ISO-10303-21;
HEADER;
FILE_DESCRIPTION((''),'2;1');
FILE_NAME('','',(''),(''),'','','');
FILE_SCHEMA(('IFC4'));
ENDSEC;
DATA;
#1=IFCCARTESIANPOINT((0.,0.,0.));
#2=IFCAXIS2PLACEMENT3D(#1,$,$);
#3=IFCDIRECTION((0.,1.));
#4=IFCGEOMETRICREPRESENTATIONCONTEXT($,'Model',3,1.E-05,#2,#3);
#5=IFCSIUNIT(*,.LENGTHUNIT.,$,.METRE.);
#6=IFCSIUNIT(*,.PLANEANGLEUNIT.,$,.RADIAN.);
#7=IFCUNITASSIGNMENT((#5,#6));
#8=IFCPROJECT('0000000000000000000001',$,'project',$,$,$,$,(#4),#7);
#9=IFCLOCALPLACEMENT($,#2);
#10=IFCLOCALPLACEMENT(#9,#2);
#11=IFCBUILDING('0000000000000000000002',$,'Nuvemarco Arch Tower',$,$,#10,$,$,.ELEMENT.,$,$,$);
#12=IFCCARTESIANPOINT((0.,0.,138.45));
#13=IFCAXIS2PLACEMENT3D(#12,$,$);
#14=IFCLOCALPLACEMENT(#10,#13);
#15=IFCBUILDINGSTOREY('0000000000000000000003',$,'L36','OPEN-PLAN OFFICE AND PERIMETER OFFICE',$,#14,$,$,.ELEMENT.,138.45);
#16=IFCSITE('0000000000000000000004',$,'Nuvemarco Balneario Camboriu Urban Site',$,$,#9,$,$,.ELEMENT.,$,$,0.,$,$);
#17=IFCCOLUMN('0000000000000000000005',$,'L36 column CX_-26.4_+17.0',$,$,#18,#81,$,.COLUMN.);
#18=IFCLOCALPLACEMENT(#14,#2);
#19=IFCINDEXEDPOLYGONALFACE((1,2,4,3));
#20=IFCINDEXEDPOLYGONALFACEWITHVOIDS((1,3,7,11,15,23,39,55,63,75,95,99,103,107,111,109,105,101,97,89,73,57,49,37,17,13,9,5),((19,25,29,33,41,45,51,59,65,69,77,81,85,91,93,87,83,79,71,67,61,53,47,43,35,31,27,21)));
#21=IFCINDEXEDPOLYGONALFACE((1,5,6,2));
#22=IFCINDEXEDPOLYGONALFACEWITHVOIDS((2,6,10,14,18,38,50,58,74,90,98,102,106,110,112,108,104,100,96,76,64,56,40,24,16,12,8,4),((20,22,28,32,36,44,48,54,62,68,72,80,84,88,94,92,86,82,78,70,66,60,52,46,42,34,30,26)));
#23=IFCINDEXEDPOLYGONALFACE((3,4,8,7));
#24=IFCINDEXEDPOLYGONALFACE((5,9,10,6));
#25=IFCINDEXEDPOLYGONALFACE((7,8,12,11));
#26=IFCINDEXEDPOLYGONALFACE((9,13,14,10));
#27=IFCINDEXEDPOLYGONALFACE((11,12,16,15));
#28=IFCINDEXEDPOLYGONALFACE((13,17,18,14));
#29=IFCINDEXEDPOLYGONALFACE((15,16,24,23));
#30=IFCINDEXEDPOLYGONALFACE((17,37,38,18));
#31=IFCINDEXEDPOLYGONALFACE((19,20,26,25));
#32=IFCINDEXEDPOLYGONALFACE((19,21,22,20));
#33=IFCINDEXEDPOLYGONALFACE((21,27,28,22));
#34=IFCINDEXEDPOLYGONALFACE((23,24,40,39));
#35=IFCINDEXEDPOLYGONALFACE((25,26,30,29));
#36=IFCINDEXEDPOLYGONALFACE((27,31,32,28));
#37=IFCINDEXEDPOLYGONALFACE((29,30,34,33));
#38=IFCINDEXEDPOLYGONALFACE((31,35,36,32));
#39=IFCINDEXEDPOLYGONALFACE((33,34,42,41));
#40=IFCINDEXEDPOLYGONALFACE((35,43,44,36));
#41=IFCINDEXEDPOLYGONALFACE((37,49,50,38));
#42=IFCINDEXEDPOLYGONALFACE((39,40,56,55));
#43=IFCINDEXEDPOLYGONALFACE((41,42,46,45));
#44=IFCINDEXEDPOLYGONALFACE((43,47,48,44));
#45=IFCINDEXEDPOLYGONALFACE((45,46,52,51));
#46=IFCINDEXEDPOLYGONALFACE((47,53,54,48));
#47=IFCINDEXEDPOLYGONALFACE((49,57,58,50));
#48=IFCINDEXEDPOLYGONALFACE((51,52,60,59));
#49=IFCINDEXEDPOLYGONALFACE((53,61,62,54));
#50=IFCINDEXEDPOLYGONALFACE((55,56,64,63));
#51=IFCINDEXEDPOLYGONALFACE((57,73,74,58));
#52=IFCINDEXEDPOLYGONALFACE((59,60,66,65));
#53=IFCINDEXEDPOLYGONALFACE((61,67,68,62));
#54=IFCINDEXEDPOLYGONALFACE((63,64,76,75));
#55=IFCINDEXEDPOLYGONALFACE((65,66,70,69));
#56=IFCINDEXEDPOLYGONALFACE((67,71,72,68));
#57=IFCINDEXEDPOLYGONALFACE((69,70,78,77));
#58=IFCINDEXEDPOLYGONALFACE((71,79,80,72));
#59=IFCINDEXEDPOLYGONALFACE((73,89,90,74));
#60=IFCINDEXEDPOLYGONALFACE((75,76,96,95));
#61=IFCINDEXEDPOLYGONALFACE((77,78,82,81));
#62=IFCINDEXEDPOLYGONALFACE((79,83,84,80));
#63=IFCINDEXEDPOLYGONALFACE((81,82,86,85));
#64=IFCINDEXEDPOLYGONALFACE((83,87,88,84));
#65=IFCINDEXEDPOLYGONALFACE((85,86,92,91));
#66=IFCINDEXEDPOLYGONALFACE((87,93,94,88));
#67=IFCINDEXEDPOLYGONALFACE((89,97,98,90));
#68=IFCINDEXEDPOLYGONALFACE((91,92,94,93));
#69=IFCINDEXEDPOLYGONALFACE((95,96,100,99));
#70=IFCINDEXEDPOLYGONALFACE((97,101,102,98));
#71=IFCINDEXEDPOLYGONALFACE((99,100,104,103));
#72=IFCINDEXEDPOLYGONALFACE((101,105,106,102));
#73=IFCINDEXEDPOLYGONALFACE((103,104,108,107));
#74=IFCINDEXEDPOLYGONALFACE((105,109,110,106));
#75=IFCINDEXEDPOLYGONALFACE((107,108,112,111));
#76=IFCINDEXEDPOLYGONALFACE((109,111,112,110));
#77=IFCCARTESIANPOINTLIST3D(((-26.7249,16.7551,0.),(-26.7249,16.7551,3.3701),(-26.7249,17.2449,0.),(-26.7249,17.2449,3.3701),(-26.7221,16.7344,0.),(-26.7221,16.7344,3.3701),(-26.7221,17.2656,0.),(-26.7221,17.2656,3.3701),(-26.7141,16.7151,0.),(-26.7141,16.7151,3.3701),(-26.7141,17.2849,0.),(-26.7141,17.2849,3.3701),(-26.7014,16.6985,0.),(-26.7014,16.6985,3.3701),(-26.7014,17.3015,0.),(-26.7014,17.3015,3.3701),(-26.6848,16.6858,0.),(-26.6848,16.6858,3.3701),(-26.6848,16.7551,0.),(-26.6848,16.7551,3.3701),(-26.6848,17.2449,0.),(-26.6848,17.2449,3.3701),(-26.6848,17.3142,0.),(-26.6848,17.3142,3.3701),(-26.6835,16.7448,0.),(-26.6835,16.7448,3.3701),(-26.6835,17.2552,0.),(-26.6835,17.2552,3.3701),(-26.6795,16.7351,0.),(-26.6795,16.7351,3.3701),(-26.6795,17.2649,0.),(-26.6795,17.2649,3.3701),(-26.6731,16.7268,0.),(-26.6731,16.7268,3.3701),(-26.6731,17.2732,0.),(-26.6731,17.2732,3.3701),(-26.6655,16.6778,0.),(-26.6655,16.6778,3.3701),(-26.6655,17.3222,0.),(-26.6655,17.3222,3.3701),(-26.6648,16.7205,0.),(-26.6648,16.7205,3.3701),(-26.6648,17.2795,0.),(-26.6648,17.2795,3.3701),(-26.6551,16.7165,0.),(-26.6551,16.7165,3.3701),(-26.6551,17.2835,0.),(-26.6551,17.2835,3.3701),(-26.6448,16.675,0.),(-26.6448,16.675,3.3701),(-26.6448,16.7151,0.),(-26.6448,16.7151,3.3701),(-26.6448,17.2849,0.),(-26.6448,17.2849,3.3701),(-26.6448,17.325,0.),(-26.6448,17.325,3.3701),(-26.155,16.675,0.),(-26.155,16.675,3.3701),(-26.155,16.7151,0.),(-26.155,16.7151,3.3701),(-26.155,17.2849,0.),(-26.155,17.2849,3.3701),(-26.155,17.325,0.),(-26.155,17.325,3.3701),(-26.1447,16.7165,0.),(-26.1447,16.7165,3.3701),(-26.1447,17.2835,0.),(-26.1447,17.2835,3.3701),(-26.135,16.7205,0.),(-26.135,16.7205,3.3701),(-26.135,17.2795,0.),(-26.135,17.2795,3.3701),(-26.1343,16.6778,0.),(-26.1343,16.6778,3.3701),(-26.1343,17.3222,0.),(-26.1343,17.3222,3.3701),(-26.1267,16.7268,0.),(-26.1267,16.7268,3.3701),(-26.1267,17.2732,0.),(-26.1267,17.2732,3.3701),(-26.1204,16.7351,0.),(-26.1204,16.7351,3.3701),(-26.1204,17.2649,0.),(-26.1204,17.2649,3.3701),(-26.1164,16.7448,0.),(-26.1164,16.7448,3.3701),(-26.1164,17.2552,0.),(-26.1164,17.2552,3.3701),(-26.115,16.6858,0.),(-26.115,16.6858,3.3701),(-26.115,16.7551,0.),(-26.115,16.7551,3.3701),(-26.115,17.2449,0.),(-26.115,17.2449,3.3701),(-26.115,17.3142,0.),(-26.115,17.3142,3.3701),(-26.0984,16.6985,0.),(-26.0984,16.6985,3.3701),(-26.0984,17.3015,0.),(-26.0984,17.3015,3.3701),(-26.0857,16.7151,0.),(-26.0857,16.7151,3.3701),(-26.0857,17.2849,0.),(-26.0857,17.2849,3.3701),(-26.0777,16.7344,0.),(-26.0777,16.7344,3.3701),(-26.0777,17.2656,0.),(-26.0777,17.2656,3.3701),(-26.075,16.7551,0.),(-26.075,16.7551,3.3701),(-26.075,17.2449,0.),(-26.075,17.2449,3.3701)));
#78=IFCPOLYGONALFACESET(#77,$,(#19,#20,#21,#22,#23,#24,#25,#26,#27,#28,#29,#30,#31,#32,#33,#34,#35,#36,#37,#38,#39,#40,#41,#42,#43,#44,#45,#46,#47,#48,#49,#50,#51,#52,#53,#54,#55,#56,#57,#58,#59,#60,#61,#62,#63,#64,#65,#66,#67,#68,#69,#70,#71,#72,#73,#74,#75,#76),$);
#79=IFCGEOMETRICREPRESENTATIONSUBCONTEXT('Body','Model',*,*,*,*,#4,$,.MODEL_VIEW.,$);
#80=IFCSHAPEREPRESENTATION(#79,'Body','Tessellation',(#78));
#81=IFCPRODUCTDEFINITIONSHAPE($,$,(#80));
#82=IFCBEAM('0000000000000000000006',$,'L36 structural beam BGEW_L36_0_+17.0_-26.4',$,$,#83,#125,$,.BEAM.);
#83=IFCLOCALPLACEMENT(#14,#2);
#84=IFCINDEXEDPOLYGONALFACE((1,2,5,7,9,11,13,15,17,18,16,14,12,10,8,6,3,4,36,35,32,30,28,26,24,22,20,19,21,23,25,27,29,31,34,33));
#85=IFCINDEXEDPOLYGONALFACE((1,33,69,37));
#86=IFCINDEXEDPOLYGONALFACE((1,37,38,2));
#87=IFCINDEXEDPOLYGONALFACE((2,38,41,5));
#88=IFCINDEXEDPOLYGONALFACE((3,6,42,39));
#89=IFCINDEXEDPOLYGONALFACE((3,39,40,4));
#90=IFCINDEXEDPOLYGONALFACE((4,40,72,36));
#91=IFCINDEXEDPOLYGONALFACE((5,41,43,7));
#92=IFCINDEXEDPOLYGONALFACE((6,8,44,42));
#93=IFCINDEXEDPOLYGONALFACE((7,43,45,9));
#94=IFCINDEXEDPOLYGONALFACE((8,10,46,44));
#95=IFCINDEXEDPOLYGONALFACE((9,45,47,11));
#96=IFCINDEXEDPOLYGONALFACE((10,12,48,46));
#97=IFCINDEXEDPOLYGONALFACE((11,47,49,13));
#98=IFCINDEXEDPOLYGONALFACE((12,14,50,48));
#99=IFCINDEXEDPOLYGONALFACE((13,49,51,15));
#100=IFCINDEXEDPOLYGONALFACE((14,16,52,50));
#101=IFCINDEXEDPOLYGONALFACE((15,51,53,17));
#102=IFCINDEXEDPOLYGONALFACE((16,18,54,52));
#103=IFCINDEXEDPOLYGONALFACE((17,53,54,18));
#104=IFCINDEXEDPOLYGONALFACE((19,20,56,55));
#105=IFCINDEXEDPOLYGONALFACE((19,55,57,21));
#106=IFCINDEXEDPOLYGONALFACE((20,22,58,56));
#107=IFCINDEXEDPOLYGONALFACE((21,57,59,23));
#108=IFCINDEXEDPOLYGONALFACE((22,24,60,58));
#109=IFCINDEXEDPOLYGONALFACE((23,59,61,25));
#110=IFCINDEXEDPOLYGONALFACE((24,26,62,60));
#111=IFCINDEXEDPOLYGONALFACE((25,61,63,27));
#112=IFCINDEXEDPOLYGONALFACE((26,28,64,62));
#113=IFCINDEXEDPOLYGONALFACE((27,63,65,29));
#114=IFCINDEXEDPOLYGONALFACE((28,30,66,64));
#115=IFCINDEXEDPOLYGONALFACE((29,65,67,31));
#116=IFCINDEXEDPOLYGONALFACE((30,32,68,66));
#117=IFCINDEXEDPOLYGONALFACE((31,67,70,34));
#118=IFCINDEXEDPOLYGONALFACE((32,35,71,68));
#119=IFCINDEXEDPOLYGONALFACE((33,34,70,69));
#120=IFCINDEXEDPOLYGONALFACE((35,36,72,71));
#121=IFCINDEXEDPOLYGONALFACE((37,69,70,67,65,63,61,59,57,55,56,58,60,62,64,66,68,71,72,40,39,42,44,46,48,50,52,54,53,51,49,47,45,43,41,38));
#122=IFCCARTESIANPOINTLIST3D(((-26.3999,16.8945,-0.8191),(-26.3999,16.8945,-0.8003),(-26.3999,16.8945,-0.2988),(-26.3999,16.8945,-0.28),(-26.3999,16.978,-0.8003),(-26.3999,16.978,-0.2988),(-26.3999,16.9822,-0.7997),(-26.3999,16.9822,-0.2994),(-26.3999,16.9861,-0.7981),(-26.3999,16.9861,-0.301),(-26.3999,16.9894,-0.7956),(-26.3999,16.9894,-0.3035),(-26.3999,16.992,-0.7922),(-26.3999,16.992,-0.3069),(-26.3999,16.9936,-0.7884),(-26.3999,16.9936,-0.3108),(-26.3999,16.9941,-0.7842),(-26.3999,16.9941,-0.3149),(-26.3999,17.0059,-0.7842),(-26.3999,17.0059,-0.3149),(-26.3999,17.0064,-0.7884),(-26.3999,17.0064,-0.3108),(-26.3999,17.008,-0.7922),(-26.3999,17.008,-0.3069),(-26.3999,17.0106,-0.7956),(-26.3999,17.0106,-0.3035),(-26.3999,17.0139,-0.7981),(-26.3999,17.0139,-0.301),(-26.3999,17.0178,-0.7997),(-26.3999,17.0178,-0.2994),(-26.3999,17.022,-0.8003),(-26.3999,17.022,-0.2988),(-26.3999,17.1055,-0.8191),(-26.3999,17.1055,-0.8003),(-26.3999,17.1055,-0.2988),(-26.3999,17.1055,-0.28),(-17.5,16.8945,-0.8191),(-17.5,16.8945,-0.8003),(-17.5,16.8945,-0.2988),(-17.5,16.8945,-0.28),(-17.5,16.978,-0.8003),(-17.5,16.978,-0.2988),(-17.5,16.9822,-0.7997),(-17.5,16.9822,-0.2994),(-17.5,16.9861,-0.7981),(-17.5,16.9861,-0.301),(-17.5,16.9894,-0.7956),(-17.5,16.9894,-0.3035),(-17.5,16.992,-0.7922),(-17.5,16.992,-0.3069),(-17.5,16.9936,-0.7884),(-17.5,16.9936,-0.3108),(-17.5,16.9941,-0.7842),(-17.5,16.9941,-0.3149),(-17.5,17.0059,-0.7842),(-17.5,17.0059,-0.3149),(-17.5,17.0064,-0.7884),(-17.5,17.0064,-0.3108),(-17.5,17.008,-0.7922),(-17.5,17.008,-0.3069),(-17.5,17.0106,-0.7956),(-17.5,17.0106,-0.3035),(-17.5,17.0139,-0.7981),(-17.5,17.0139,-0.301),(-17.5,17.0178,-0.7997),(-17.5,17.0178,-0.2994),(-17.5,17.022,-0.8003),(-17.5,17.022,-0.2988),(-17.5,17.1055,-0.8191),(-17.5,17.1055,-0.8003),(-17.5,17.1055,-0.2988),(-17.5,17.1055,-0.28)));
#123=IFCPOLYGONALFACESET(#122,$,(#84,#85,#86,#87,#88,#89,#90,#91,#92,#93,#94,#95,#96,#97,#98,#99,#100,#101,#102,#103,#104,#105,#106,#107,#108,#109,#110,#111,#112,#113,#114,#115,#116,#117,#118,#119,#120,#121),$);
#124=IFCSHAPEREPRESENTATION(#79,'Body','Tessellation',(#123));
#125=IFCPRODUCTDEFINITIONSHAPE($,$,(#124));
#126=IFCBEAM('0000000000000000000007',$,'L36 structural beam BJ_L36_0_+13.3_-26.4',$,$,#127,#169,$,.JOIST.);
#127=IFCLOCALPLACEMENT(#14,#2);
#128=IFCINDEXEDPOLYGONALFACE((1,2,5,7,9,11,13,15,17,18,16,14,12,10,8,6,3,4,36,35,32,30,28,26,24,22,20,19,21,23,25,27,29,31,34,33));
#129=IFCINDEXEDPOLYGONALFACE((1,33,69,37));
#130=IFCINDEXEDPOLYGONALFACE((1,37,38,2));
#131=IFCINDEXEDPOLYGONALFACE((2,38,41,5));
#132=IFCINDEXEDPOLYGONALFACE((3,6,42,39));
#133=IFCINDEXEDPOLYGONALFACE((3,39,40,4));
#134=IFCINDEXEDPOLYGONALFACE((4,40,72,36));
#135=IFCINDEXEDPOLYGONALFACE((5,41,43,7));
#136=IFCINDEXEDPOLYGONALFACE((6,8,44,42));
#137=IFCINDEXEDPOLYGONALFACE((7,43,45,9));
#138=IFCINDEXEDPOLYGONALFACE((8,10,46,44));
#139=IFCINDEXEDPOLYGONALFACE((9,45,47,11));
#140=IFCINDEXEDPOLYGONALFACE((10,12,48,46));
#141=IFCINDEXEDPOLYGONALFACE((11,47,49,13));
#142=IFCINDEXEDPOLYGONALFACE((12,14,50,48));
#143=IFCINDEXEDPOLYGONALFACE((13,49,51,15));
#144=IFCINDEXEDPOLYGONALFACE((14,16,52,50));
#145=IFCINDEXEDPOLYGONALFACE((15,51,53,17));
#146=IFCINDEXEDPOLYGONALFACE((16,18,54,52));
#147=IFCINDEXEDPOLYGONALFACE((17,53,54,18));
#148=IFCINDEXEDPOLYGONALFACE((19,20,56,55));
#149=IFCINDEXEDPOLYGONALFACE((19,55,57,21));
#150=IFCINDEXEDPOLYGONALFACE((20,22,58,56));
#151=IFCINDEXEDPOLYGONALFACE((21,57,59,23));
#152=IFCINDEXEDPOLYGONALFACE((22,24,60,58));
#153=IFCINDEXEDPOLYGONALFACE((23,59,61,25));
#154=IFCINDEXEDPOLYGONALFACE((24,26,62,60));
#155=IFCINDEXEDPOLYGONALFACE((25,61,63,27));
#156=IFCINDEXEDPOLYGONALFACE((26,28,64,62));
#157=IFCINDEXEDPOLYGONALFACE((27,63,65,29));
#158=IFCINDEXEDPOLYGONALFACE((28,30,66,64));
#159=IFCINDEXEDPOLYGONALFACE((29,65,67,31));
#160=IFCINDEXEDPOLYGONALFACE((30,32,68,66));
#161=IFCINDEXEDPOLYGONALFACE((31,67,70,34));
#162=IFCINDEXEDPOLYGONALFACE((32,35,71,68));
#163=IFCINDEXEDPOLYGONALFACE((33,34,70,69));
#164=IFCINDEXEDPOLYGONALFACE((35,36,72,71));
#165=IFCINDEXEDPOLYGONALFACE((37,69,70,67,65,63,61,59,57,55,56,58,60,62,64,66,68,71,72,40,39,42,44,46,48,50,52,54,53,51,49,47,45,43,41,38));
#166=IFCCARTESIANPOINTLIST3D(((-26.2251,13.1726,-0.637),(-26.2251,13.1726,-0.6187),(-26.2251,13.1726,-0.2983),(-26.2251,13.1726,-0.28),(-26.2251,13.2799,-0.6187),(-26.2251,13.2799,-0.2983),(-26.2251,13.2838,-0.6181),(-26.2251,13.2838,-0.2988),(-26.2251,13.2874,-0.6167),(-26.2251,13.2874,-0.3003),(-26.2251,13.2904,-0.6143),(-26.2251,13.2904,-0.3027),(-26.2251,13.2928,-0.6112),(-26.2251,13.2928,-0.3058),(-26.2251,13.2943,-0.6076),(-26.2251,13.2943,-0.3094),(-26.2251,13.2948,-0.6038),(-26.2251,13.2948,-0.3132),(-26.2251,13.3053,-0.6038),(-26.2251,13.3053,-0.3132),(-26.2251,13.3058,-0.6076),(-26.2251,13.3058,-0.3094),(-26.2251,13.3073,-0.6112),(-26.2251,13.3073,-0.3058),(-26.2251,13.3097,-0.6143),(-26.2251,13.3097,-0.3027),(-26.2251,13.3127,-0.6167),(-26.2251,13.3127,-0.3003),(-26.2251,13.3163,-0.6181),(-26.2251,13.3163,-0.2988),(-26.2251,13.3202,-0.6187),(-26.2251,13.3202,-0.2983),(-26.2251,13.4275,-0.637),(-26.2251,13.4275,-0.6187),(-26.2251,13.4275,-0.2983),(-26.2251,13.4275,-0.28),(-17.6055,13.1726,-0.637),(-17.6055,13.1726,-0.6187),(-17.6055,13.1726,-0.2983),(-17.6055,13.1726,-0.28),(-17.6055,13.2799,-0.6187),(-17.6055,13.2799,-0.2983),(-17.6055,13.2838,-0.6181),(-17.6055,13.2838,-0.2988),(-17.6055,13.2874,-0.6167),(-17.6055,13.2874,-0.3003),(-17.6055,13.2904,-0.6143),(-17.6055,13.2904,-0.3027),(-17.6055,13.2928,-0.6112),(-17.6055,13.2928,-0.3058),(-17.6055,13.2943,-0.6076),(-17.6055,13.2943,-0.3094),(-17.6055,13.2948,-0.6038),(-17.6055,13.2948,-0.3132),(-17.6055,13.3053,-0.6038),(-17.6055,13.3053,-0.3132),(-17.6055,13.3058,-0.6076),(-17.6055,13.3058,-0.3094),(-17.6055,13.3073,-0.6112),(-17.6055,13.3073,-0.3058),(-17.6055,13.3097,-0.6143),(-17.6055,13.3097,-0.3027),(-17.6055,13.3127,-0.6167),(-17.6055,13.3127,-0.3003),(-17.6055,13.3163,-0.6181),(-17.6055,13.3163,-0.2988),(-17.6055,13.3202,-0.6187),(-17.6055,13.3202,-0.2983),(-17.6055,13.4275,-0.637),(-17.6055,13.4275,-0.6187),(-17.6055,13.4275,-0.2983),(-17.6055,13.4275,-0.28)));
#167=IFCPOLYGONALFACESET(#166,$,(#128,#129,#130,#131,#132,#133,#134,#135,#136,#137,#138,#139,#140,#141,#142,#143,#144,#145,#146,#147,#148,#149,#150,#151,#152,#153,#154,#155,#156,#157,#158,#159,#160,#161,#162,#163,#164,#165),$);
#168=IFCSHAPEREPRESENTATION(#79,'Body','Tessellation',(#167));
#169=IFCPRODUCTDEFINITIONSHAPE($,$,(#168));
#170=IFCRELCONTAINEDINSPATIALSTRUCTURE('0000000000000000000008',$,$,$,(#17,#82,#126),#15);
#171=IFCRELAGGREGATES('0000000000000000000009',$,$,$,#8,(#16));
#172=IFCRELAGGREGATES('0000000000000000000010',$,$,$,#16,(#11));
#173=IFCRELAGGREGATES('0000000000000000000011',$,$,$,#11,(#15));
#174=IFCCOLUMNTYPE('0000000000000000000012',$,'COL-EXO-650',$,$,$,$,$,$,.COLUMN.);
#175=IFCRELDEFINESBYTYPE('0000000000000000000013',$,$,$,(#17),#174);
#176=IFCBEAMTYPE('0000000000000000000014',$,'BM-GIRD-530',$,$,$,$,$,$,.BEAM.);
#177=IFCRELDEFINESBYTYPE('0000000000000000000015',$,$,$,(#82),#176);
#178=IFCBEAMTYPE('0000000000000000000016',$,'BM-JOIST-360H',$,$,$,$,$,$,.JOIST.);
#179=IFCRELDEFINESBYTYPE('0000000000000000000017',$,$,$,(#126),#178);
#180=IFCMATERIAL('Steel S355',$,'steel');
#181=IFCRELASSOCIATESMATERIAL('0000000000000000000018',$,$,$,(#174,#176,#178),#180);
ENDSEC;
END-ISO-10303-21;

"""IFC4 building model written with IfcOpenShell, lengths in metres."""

from ifc_helpers import new_model, si_unit, direction, frame, origin, origin_2d, place, context, subcontext, project, spatial, hollow_rectangle, i_section, extrude, material, material_profile, profile_set, type_object, element, save


model = new_model("IFC4")

# Units and contexts
model_context = context("Model", 3, precision=1e-05, world=origin(), true_north=direction((0.0, 1.0)))
body_context = subcontext(model_context, "Body", "Model", "MODEL_VIEW")
ifc_project = project(units=[si_unit("LENGTHUNIT", "METRE"), si_unit("PLANEANGLEUNIT", "RADIAN")], contexts=[model_context])

# Site, building, storey
site_placement = place(None, origin())
site = spatial("IfcSite", under=ifc_project, at=site_placement, Name="Nuvemarco Balneario Camboriu Urban Site", CompositionType="ELEMENT", RefElevation=0.0)
building_placement = place(site_placement, origin())
building = spatial("IfcBuilding", under=site, at=building_placement, Name="Nuvemarco Arch Tower", CompositionType="ELEMENT")
storey_placement = place(building_placement, frame((0.0, 0.0, 138.45)))
storey = spatial("IfcBuildingStorey", under=building, at=storey_placement, Name="L36", Description="OPEN-PLAN OFFICE AND PERIMETER OFFICE", CompositionType="ELEMENT", Elevation=138.45)

# Column
ifc_material_1 = material(Name="Steel S355", Category="steel")
ifc_material_profile_1 = material_profile(ifc_material_1, hollow_rectangle(XDim=0.6499, YDim=0.6499, WallThickness=0.04, InnerFilletRadius=0.04, OuterFilletRadius=0.0801, at=origin_2d()), Name="SHS650x650x40")
ifc_profile_set_1 = profile_set([ifc_material_profile_1], Name="Steel S355")
column_type = type_object("IfcColumnType", Name="COL-EXO-650", PredefinedType="COLUMN", material=ifc_profile_set_1)
column_placement = place(storey_placement, frame((-26.3999, 17.0, 0.0), z_axis=(0.0, 0.0, 1.0), x_axis=(1.0, 0.0, 0.0)))
element("IfcColumn", 1, at=column_placement, inside=storey, type_object=column_type, Name="L36 column CX_-26.4_+17.0", PredefinedType="COLUMN", context=body_context, shape_type="SweptSolid", body=[
    extrude(hollow_rectangle(XDim=0.6499, YDim=0.6499, WallThickness=0.04, InnerFilletRadius=0.04, OuterFilletRadius=0.0801, at=origin_2d()), origin(), (0.0, 0.0, 1.0), 3.3701),
])

# Beams
ifc_material_profile_2 = material_profile(ifc_material_1, i_section(OverallWidth=0.2109, OverallDepth=0.5391, WebThickness=0.0117, FlangeThickness=0.0188, FilletRadius=0.0161, at=origin_2d()), Name="W530x109")
ifc_profile_set_2 = profile_set([ifc_material_profile_2], Name="Steel S355")
beam_type_1 = type_object("IfcBeamType", Name="BM-GIRD-530", PredefinedType="BEAM", material=ifc_profile_set_2)
beam_1_placement = place(storey_placement, frame((-26.3999, 17.0, -0.5496), z_axis=(1.0, 0.0, 0.0), x_axis=(0.0, 1.0, 0.0)))
element("IfcBeam", 2, at=beam_1_placement, inside=storey, type_object=beam_type_1, Name="L36 structural beam BGEW_L36_0_+17.0_-26.4", PredefinedType="BEAM", context=body_context, shape_type="SweptSolid", body=[
    extrude(i_section(OverallWidth=0.2109, OverallDepth=0.5391, WebThickness=0.0117, FlangeThickness=0.0188, FilletRadius=0.0161, at=origin_2d()), origin(), (0.0, 0.0, 1.0), 8.8999),
])
ifc_material_profile_3 = material_profile(ifc_material_1, i_section(OverallWidth=0.2549, OverallDepth=0.3569, WebThickness=0.0105, FlangeThickness=0.0183, FilletRadius=0.0149, at=origin_2d()), Name="W360x101")
ifc_profile_set_3 = profile_set([ifc_material_profile_3], Name="Steel S355")
beam_type_2 = type_object("IfcBeamType", Name="BM-JOIST-360H", PredefinedType="JOIST", material=ifc_profile_set_3)
beam_2_placement = place(storey_placement, frame((-26.2251, 13.3, -0.4585), z_axis=(1.0, 0.0, 0.0), x_axis=(0.0, 1.0, 0.0)))
element("IfcBeam", 3, at=beam_2_placement, inside=storey, type_object=beam_type_2, Name="L36 structural beam BJ_L36_0_+13.3_-26.4", PredefinedType="JOIST", context=body_context, shape_type="SweptSolid", body=[
    extrude(i_section(OverallWidth=0.2549, OverallDepth=0.3569, WebThickness=0.0105, FlangeThickness=0.0183, FilletRadius=0.0149, at=origin_2d()), origin(), (0.0, 0.0, 1.0), 8.6196),
])

save(model, "model.ifc")
